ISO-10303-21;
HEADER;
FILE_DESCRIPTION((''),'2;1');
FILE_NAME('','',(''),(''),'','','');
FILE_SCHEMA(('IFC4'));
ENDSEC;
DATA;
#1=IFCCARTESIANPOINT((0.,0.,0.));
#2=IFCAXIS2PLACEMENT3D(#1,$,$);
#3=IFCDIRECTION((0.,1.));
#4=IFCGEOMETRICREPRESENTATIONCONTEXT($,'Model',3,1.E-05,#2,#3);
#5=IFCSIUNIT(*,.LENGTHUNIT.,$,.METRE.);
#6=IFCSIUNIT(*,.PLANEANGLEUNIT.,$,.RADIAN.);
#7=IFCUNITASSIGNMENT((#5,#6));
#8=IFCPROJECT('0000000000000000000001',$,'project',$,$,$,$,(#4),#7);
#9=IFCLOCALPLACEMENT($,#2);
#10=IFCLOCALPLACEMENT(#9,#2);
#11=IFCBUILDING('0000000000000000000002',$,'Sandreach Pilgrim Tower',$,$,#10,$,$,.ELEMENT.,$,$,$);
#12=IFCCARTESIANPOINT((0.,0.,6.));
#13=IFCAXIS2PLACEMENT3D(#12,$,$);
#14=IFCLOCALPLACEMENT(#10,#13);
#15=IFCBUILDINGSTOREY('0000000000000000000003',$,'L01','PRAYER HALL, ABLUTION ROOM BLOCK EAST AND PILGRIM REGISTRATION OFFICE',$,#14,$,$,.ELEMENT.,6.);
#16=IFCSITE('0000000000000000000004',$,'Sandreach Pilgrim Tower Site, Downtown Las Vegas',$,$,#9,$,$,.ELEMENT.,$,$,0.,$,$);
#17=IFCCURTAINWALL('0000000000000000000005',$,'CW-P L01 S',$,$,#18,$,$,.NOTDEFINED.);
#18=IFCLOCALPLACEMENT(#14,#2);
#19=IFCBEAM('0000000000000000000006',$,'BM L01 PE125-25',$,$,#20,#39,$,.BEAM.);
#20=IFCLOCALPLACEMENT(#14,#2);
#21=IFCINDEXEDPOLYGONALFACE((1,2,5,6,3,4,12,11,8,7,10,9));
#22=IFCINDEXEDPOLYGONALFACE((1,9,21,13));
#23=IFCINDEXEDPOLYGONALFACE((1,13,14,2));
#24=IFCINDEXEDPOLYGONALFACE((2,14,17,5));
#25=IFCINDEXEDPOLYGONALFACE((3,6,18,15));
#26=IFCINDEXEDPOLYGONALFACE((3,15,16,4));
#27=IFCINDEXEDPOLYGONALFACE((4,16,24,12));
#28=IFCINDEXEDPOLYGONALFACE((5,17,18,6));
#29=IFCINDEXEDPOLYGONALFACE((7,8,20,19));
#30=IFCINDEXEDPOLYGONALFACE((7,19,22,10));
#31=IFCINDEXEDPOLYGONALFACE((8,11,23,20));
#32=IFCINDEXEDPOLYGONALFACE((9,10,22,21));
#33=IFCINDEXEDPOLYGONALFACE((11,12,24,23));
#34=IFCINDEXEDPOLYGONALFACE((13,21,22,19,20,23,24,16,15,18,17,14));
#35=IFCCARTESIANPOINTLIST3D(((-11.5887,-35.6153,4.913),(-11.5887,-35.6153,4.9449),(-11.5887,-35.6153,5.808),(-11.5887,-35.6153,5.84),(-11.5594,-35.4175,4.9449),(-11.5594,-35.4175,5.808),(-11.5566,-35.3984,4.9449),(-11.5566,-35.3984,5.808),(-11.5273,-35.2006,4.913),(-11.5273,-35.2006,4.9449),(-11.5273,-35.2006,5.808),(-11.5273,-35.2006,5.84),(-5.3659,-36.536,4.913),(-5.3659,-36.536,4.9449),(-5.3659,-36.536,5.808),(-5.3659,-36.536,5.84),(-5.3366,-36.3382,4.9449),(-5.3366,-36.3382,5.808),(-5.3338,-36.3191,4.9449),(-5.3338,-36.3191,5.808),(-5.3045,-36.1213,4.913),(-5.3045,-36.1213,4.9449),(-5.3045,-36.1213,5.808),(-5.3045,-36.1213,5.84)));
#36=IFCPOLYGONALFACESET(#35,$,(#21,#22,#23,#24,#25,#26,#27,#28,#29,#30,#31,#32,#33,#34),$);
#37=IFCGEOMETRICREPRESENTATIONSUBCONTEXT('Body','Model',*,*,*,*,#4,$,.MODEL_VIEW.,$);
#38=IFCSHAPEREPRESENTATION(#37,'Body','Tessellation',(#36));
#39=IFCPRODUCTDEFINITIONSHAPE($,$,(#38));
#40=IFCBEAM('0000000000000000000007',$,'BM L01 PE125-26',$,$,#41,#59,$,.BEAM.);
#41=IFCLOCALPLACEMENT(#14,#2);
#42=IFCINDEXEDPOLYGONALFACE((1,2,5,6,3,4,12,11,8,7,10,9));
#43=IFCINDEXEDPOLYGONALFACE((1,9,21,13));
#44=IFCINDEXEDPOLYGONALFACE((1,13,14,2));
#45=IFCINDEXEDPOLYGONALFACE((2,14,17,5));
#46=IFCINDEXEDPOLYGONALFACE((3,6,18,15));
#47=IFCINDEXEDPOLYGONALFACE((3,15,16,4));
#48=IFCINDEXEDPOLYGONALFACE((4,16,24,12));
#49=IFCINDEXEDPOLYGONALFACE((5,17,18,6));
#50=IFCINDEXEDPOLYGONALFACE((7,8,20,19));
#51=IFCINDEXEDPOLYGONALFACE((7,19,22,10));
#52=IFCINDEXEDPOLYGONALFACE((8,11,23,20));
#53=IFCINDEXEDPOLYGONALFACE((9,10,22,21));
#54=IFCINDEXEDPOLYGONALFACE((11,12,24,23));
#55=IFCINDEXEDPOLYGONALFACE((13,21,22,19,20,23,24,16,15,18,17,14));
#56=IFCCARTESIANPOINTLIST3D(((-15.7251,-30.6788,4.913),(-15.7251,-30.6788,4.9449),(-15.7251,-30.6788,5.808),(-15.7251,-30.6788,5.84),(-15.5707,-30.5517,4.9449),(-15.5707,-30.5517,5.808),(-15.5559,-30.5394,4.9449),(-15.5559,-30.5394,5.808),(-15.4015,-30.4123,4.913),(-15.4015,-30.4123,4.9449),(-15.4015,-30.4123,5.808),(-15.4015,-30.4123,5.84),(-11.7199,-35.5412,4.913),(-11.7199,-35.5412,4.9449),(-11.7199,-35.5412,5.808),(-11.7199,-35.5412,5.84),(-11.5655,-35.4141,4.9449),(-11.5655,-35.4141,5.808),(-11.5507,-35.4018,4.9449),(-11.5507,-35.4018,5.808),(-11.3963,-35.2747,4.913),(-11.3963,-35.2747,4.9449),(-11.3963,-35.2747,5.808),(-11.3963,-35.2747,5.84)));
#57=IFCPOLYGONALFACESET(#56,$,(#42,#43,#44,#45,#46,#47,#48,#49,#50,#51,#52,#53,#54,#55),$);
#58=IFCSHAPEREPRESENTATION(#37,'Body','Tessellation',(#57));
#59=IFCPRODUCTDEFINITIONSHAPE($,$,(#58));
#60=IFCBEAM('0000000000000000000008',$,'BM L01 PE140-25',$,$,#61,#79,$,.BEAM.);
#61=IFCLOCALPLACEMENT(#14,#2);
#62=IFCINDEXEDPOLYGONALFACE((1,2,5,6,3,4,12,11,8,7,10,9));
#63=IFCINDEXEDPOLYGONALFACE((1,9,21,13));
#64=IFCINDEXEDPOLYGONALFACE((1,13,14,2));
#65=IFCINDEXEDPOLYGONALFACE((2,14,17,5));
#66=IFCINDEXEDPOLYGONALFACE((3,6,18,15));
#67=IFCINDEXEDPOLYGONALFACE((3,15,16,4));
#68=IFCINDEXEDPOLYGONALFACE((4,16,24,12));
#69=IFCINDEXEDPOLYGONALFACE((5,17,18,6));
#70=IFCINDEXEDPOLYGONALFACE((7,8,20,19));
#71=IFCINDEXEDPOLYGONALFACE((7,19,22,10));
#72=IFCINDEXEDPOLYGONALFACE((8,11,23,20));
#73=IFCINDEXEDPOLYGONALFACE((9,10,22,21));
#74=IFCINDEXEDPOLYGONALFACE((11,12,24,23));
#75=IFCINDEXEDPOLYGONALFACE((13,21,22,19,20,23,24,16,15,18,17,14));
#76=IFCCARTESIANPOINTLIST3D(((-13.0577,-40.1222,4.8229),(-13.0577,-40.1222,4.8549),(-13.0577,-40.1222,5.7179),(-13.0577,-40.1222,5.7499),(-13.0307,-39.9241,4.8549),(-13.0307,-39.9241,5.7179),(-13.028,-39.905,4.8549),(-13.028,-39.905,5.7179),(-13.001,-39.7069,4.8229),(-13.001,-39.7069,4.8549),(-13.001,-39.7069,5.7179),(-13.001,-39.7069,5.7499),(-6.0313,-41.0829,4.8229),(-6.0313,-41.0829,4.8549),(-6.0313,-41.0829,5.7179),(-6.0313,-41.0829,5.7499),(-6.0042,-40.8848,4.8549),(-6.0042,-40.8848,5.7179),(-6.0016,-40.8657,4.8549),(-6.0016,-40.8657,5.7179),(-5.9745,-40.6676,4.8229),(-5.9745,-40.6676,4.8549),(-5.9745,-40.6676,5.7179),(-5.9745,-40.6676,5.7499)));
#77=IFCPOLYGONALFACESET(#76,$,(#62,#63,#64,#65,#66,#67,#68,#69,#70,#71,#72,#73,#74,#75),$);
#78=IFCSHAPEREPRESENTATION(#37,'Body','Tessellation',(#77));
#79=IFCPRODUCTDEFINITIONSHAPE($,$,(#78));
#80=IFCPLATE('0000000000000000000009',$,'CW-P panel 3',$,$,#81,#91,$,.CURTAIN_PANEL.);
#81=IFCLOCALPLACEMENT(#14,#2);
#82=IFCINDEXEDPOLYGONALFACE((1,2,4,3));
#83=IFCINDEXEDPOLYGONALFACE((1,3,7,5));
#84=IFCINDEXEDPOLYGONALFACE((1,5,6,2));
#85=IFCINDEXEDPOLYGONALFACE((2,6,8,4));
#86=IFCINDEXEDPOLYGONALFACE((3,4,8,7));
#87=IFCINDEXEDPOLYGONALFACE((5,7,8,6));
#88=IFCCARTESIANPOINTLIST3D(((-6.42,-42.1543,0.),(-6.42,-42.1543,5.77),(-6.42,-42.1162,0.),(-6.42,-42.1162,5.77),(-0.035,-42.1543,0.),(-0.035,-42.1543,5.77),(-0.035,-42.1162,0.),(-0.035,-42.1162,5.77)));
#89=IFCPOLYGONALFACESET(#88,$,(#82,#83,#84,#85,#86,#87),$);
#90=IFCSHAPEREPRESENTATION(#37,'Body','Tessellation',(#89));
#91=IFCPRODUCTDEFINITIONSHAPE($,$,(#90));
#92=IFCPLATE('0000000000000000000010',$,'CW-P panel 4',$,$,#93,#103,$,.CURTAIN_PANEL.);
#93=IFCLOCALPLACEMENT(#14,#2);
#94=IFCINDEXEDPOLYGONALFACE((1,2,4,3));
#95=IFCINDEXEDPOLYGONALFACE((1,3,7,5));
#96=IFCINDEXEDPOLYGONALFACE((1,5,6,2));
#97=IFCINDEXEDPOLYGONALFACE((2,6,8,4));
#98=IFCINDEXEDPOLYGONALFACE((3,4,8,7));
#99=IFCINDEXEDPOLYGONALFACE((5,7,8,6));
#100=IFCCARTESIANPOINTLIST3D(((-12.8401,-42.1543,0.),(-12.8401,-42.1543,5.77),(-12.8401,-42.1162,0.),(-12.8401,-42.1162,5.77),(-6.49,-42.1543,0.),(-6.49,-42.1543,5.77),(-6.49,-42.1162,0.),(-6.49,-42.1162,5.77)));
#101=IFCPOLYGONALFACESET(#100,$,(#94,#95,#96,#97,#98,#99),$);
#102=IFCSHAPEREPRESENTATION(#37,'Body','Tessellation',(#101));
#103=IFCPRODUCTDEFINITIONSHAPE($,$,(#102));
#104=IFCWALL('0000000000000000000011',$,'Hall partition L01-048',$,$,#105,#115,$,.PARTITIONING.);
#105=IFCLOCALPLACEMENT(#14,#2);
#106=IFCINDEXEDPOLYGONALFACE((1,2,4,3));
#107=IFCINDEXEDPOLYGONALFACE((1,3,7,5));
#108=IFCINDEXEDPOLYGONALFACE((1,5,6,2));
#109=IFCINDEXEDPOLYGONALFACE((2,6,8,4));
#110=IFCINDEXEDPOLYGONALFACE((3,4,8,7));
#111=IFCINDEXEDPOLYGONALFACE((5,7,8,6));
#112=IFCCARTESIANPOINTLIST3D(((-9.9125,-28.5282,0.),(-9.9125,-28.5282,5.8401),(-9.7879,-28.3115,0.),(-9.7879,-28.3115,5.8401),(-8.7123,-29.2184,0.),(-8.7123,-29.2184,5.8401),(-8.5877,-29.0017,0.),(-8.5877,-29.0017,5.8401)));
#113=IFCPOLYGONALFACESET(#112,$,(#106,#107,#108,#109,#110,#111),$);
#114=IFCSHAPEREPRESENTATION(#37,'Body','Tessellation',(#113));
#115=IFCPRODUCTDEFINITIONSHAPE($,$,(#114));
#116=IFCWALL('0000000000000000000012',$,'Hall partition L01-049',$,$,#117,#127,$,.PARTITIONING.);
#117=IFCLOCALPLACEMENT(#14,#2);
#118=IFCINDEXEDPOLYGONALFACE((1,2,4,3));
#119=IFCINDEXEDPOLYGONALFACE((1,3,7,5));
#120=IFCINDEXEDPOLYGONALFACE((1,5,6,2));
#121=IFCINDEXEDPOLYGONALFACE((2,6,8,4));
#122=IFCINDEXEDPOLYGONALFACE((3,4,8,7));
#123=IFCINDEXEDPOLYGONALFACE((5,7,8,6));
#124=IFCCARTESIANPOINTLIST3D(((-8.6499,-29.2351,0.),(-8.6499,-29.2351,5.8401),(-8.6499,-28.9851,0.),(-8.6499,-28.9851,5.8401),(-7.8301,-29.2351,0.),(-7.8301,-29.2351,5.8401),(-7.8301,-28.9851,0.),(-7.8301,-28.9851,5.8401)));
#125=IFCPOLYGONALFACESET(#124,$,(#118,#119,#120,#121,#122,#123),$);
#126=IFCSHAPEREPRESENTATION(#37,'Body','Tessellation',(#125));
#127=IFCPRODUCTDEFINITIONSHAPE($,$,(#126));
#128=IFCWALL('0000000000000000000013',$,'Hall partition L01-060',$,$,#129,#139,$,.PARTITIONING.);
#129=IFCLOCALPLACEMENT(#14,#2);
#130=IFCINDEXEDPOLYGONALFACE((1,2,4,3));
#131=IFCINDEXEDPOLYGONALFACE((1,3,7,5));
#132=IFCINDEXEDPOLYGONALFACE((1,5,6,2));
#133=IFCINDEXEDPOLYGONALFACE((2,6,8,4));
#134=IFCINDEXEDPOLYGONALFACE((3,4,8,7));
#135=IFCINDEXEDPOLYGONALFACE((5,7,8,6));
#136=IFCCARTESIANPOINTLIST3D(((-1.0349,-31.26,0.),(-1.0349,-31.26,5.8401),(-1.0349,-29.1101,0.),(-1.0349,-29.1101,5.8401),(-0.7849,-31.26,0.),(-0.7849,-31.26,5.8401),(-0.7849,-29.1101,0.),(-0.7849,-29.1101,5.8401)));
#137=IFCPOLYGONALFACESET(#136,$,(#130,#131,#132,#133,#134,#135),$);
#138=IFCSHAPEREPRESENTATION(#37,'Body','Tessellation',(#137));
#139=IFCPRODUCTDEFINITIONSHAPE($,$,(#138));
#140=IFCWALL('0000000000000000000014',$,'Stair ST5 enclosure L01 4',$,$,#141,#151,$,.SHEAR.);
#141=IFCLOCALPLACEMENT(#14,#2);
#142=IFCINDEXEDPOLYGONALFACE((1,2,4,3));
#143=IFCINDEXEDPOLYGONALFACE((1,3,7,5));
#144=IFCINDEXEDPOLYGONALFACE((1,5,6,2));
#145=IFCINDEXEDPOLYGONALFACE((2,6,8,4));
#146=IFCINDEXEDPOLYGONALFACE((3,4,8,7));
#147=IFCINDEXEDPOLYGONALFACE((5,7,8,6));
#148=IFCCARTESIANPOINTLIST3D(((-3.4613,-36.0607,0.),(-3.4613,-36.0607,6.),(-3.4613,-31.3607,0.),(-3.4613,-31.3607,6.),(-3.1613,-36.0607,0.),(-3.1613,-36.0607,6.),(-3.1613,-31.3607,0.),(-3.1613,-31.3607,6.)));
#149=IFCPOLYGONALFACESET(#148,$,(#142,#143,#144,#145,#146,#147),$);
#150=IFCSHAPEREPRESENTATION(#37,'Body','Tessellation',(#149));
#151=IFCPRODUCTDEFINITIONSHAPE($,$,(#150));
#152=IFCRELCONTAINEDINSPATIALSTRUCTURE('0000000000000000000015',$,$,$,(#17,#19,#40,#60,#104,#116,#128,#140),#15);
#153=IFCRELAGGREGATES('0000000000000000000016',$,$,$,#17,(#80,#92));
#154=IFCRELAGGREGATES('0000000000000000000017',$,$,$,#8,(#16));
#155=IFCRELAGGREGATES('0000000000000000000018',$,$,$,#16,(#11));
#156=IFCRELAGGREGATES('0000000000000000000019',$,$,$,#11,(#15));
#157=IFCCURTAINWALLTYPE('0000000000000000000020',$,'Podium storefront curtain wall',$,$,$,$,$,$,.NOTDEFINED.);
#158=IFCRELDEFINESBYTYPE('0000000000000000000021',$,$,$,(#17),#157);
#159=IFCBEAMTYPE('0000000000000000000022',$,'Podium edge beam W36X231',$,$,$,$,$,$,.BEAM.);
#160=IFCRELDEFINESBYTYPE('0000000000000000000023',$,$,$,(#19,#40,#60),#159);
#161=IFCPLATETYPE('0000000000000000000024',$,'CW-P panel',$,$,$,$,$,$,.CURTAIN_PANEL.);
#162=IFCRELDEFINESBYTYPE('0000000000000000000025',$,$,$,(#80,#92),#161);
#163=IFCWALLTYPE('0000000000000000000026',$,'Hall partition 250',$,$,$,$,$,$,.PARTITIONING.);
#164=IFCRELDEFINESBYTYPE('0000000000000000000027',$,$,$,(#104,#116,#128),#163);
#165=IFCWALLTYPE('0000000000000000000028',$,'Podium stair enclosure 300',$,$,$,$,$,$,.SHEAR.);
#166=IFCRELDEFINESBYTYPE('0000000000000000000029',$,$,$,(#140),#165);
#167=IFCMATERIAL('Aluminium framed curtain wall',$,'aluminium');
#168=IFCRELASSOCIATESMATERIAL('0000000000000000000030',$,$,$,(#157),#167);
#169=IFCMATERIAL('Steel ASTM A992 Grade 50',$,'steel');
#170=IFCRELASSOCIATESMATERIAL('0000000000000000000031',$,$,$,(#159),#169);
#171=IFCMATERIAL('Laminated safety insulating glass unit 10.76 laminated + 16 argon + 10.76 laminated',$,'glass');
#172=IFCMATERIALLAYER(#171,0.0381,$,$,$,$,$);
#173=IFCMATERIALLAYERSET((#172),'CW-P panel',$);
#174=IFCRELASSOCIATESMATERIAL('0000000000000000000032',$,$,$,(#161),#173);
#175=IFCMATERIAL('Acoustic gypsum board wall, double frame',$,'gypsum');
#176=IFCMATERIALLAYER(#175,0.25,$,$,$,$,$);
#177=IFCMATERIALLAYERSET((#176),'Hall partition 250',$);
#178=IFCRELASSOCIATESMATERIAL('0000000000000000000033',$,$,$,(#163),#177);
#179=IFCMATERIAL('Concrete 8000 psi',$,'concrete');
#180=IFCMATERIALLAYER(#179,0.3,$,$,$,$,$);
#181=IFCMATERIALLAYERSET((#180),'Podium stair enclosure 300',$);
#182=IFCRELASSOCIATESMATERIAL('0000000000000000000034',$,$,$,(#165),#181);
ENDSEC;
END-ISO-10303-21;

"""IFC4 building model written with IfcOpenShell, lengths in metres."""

from ifc_helpers import new_model, si_unit, direction, frame, frame_2d, origin, origin_2d, place, context, subcontext, project, spatial, rectangle, i_section, extrude, material, layer, layer_set, material_profile, profile_set, type_object, element, aggregate, save


model = new_model("IFC4")

# Units and contexts
model_context = context("Model", 3, precision=1e-05, world=origin(), true_north=direction((0.0, 1.0)))
body_context = subcontext(model_context, "Body", "Model", "MODEL_VIEW")
ifc_project = project(units=[si_unit("LENGTHUNIT", "METRE"), si_unit("PLANEANGLEUNIT", "RADIAN")], contexts=[model_context])

# Site, building, storey
site_placement = place(None, origin())
site = spatial("IfcSite", under=ifc_project, at=site_placement, Name="Sandreach Pilgrim Tower Site, Downtown Las Vegas", CompositionType="ELEMENT", RefElevation=0.0)
building_placement = place(site_placement, origin())
building = spatial("IfcBuilding", under=site, at=building_placement, Name="Sandreach Pilgrim Tower", CompositionType="ELEMENT")
storey_placement = place(building_placement, frame((0.0, 0.0, 6.0)))
storey = spatial("IfcBuildingStorey", under=building, at=storey_placement, Name="L01", Description="PRAYER HALL, ABLUTION ROOM BLOCK EAST AND PILGRIM REGISTRATION OFFICE", CompositionType="ELEMENT", Elevation=6.0)

# Curtain wall
ifc_material_1 = material(Name="Aluminium framed curtain wall", Category="aluminium")
curtain_wall_type = type_object("IfcCurtainWallType", Name="Podium storefront curtain wall", PredefinedType="NOTDEFINED", material=ifc_material_1)
curtain_wall_placement = place(storey_placement, origin())
curtain_wall = element("IfcCurtainWall", 1, at=curtain_wall_placement, inside=storey, type_object=curtain_wall_type, Name="CW-P L01 S", PredefinedType="NOTDEFINED")

# Beams
ifc_material_2 = material(Name="Steel ASTM A992 Grade 50", Category="steel")
ifc_material_profile_1 = material_profile(ifc_material_2, i_section(OverallWidth=0.4192, OverallDepth=0.927, WebThickness=0.0193, FlangeThickness=0.032, at=origin_2d()), Name="W36X231")
ifc_profile_set_1 = profile_set([ifc_material_profile_1], Name="Steel ASTM A992 Grade 50")
beam_type_1 = type_object("IfcBeamType", Name="Podium edge beam W36X231", PredefinedType="BEAM", material=ifc_profile_set_1)
beam_1_placement = place(storey_placement, frame((-5.3352, -36.3286, 5.3765), z_axis=(-0.989232, 0.146353, 0.0), x_axis=(-0.146353, -0.989232, 0.0)))
element("IfcBeam", 2, at=beam_1_placement, inside=storey, type_object=beam_type_1, Name="BM L01 PE125-25", PredefinedType="BEAM", context=body_context, shape_type="SweptSolid", body=[
    extrude(i_section(OverallWidth=0.4192, OverallDepth=0.927, WebThickness=0.0193, FlangeThickness=0.032, at=origin_2d()), origin(), (0.0, 0.0, 1.0), 6.2905),
])
beam_2_placement = place(storey_placement, frame((-11.5581, -35.408, 5.3765), z_axis=(-0.63579, 0.771862, 0.0), x_axis=(-0.771862, -0.63579, 0.0)))
element("IfcBeam", 3, at=beam_2_placement, inside=storey, type_object=beam_type_1, Name="BM L01 PE125-26", PredefinedType="BEAM", context=body_context, shape_type="SweptSolid", body=[
    extrude(i_section(OverallWidth=0.4192, OverallDepth=0.927, WebThickness=0.0193, FlangeThickness=0.032, at=origin_2d()), origin(), (0.0, 0.0, 1.0), 6.2996),
])
beam_3_placement = place(storey_placement, frame((-6.0029, -40.8752, 5.2864), z_axis=(-0.990782, 0.135467, 0.0), x_axis=(-0.135467, -0.990782, 0.0)))
element("IfcBeam", 4, at=beam_3_placement, inside=storey, type_object=beam_type_1, Name="BM L01 PE140-25", PredefinedType="BEAM", context=body_context, shape_type="SweptSolid", body=[
    extrude(i_section(OverallWidth=0.4192, OverallDepth=0.927, WebThickness=0.0193, FlangeThickness=0.032, at=origin_2d()), origin(), (0.0, 0.0, 1.0), 7.0918),
])

# Plates
ifc_material_3 = material(Name="Laminated safety insulating glass unit 10.76 laminated + 16 argon + 10.76 laminated", Category="glass")
ifc_layer_1 = layer(ifc_material_3, 0.0381)
ifc_layer_set_1 = layer_set([ifc_layer_1], Name="CW-P panel")
plate_type = type_object("IfcPlateType", Name="CW-P panel", PredefinedType="CURTAIN_PANEL", material=ifc_layer_set_1)
plate_1_placement = place(storey_placement, frame((-3.2275, -42.1353, 0.0), z_axis=(0.0, 0.0, 1.0), x_axis=(-1.0, 0.0, 0.0)))
plate_1 = element("IfcPlate", 5, at=plate_1_placement, type_object=plate_type, Name="CW-P panel 3", PredefinedType="CURTAIN_PANEL", context=body_context, shape_type="SweptSolid", body=[
    extrude(rectangle(XDim=6.385, YDim=0.0381, at=origin_2d()), origin(), (0.0, 0.0, 1.0), 5.77),
])
plate_2_placement = place(storey_placement, frame((-9.665, -42.1353, 0.0), z_axis=(0.0, 0.0, 1.0), x_axis=(-1.0, 0.0, 0.0)))
plate_2 = element("IfcPlate", 6, at=plate_2_placement, type_object=plate_type, Name="CW-P panel 4", PredefinedType="CURTAIN_PANEL", context=body_context, shape_type="SweptSolid", body=[
    extrude(rectangle(XDim=6.3501, YDim=0.0381, at=origin_2d()), origin(), (0.0, 0.0, 1.0), 5.77),
])
aggregate(curtain_wall, [plate_1, plate_2])

# Walls
ifc_material_4 = material(Name="Acoustic gypsum board wall, double frame", Category="gypsum")
ifc_layer_2 = layer(ifc_material_4, 0.25)
ifc_layer_set_2 = layer_set([ifc_layer_2], Name="Hall partition 250")
wall_type_1 = type_object("IfcWallType", Name="Hall partition 250", PredefinedType="PARTITIONING", material=ifc_layer_set_2)
wall_1_placement = place(storey_placement, frame((-8.6499, -29.1101, 0.0), z_axis=(0.0, 0.0, 1.0), x_axis=(-0.866883, 0.498511, 0.0)))
element("IfcWall", 7, at=wall_1_placement, inside=storey, type_object=wall_type_1, Name="Hall partition L01-048", PredefinedType="PARTITIONING", context=body_context, shape_type="SweptSolid", body=[
    extrude(rectangle(XDim=1.3845, YDim=0.25, at=frame_2d((0.6924, 0.0))), origin(), (0.0, 0.0, 1.0), 5.8401),
])
wall_2_placement = place(storey_placement, frame((-8.6499, -29.1101, 0.0), z_axis=(0.0, 0.0, 1.0), x_axis=(1.0, 0.0, 0.0)))
element("IfcWall", 8, at=wall_2_placement, inside=storey, type_object=wall_type_1, Name="Hall partition L01-049", PredefinedType="PARTITIONING", context=body_context, shape_type="SweptSolid", body=[
    extrude(rectangle(XDim=0.8198, YDim=0.25, at=frame_2d((0.4099, 0.0))), origin(), (0.0, 0.0, 1.0), 5.8401),
])
wall_3_placement = place(storey_placement, frame((-0.9099, -31.26, 0.0), z_axis=(0.0, 0.0, 1.0), x_axis=(0.0, 1.0, 0.0)))
element("IfcWall", 9, at=wall_3_placement, inside=storey, type_object=wall_type_1, Name="Hall partition L01-060", PredefinedType="PARTITIONING", context=body_context, shape_type="SweptSolid", body=[
    extrude(rectangle(XDim=2.1499, YDim=0.25, at=frame_2d((1.075, 0.0))), origin(), (0.0, 0.0, 1.0), 5.8401),
])

# Shared definitions
ifc_material_5 = material(Name="Concrete 8000 psi", Category="concrete")
ifc_layer_3 = layer(ifc_material_5, 0.3)
ifc_layer_set_3 = layer_set([ifc_layer_3], Name="Podium stair enclosure 300")
wall_type_2 = type_object("IfcWallType", Name="Podium stair enclosure 300", PredefinedType="SHEAR", material=ifc_layer_set_3)

# Wall
wall_4_placement = place(storey_placement, frame((-3.3113, -36.0608, 0.0), z_axis=(0.0, 0.0, 1.0), x_axis=(0.0, 1.0, 0.0)))
element("IfcWall", 10, at=wall_4_placement, inside=storey, type_object=wall_type_2, Name="Stair ST5 enclosure L01 4", PredefinedType="SHEAR", context=body_context, shape_type="SweptSolid", body=[
    extrude(rectangle(XDim=4.7, YDim=0.3, at=frame_2d((2.3501, 0.0))), origin(), (0.0, 0.0, 1.0), 6.0),
])

save(model, "model.ifc")
